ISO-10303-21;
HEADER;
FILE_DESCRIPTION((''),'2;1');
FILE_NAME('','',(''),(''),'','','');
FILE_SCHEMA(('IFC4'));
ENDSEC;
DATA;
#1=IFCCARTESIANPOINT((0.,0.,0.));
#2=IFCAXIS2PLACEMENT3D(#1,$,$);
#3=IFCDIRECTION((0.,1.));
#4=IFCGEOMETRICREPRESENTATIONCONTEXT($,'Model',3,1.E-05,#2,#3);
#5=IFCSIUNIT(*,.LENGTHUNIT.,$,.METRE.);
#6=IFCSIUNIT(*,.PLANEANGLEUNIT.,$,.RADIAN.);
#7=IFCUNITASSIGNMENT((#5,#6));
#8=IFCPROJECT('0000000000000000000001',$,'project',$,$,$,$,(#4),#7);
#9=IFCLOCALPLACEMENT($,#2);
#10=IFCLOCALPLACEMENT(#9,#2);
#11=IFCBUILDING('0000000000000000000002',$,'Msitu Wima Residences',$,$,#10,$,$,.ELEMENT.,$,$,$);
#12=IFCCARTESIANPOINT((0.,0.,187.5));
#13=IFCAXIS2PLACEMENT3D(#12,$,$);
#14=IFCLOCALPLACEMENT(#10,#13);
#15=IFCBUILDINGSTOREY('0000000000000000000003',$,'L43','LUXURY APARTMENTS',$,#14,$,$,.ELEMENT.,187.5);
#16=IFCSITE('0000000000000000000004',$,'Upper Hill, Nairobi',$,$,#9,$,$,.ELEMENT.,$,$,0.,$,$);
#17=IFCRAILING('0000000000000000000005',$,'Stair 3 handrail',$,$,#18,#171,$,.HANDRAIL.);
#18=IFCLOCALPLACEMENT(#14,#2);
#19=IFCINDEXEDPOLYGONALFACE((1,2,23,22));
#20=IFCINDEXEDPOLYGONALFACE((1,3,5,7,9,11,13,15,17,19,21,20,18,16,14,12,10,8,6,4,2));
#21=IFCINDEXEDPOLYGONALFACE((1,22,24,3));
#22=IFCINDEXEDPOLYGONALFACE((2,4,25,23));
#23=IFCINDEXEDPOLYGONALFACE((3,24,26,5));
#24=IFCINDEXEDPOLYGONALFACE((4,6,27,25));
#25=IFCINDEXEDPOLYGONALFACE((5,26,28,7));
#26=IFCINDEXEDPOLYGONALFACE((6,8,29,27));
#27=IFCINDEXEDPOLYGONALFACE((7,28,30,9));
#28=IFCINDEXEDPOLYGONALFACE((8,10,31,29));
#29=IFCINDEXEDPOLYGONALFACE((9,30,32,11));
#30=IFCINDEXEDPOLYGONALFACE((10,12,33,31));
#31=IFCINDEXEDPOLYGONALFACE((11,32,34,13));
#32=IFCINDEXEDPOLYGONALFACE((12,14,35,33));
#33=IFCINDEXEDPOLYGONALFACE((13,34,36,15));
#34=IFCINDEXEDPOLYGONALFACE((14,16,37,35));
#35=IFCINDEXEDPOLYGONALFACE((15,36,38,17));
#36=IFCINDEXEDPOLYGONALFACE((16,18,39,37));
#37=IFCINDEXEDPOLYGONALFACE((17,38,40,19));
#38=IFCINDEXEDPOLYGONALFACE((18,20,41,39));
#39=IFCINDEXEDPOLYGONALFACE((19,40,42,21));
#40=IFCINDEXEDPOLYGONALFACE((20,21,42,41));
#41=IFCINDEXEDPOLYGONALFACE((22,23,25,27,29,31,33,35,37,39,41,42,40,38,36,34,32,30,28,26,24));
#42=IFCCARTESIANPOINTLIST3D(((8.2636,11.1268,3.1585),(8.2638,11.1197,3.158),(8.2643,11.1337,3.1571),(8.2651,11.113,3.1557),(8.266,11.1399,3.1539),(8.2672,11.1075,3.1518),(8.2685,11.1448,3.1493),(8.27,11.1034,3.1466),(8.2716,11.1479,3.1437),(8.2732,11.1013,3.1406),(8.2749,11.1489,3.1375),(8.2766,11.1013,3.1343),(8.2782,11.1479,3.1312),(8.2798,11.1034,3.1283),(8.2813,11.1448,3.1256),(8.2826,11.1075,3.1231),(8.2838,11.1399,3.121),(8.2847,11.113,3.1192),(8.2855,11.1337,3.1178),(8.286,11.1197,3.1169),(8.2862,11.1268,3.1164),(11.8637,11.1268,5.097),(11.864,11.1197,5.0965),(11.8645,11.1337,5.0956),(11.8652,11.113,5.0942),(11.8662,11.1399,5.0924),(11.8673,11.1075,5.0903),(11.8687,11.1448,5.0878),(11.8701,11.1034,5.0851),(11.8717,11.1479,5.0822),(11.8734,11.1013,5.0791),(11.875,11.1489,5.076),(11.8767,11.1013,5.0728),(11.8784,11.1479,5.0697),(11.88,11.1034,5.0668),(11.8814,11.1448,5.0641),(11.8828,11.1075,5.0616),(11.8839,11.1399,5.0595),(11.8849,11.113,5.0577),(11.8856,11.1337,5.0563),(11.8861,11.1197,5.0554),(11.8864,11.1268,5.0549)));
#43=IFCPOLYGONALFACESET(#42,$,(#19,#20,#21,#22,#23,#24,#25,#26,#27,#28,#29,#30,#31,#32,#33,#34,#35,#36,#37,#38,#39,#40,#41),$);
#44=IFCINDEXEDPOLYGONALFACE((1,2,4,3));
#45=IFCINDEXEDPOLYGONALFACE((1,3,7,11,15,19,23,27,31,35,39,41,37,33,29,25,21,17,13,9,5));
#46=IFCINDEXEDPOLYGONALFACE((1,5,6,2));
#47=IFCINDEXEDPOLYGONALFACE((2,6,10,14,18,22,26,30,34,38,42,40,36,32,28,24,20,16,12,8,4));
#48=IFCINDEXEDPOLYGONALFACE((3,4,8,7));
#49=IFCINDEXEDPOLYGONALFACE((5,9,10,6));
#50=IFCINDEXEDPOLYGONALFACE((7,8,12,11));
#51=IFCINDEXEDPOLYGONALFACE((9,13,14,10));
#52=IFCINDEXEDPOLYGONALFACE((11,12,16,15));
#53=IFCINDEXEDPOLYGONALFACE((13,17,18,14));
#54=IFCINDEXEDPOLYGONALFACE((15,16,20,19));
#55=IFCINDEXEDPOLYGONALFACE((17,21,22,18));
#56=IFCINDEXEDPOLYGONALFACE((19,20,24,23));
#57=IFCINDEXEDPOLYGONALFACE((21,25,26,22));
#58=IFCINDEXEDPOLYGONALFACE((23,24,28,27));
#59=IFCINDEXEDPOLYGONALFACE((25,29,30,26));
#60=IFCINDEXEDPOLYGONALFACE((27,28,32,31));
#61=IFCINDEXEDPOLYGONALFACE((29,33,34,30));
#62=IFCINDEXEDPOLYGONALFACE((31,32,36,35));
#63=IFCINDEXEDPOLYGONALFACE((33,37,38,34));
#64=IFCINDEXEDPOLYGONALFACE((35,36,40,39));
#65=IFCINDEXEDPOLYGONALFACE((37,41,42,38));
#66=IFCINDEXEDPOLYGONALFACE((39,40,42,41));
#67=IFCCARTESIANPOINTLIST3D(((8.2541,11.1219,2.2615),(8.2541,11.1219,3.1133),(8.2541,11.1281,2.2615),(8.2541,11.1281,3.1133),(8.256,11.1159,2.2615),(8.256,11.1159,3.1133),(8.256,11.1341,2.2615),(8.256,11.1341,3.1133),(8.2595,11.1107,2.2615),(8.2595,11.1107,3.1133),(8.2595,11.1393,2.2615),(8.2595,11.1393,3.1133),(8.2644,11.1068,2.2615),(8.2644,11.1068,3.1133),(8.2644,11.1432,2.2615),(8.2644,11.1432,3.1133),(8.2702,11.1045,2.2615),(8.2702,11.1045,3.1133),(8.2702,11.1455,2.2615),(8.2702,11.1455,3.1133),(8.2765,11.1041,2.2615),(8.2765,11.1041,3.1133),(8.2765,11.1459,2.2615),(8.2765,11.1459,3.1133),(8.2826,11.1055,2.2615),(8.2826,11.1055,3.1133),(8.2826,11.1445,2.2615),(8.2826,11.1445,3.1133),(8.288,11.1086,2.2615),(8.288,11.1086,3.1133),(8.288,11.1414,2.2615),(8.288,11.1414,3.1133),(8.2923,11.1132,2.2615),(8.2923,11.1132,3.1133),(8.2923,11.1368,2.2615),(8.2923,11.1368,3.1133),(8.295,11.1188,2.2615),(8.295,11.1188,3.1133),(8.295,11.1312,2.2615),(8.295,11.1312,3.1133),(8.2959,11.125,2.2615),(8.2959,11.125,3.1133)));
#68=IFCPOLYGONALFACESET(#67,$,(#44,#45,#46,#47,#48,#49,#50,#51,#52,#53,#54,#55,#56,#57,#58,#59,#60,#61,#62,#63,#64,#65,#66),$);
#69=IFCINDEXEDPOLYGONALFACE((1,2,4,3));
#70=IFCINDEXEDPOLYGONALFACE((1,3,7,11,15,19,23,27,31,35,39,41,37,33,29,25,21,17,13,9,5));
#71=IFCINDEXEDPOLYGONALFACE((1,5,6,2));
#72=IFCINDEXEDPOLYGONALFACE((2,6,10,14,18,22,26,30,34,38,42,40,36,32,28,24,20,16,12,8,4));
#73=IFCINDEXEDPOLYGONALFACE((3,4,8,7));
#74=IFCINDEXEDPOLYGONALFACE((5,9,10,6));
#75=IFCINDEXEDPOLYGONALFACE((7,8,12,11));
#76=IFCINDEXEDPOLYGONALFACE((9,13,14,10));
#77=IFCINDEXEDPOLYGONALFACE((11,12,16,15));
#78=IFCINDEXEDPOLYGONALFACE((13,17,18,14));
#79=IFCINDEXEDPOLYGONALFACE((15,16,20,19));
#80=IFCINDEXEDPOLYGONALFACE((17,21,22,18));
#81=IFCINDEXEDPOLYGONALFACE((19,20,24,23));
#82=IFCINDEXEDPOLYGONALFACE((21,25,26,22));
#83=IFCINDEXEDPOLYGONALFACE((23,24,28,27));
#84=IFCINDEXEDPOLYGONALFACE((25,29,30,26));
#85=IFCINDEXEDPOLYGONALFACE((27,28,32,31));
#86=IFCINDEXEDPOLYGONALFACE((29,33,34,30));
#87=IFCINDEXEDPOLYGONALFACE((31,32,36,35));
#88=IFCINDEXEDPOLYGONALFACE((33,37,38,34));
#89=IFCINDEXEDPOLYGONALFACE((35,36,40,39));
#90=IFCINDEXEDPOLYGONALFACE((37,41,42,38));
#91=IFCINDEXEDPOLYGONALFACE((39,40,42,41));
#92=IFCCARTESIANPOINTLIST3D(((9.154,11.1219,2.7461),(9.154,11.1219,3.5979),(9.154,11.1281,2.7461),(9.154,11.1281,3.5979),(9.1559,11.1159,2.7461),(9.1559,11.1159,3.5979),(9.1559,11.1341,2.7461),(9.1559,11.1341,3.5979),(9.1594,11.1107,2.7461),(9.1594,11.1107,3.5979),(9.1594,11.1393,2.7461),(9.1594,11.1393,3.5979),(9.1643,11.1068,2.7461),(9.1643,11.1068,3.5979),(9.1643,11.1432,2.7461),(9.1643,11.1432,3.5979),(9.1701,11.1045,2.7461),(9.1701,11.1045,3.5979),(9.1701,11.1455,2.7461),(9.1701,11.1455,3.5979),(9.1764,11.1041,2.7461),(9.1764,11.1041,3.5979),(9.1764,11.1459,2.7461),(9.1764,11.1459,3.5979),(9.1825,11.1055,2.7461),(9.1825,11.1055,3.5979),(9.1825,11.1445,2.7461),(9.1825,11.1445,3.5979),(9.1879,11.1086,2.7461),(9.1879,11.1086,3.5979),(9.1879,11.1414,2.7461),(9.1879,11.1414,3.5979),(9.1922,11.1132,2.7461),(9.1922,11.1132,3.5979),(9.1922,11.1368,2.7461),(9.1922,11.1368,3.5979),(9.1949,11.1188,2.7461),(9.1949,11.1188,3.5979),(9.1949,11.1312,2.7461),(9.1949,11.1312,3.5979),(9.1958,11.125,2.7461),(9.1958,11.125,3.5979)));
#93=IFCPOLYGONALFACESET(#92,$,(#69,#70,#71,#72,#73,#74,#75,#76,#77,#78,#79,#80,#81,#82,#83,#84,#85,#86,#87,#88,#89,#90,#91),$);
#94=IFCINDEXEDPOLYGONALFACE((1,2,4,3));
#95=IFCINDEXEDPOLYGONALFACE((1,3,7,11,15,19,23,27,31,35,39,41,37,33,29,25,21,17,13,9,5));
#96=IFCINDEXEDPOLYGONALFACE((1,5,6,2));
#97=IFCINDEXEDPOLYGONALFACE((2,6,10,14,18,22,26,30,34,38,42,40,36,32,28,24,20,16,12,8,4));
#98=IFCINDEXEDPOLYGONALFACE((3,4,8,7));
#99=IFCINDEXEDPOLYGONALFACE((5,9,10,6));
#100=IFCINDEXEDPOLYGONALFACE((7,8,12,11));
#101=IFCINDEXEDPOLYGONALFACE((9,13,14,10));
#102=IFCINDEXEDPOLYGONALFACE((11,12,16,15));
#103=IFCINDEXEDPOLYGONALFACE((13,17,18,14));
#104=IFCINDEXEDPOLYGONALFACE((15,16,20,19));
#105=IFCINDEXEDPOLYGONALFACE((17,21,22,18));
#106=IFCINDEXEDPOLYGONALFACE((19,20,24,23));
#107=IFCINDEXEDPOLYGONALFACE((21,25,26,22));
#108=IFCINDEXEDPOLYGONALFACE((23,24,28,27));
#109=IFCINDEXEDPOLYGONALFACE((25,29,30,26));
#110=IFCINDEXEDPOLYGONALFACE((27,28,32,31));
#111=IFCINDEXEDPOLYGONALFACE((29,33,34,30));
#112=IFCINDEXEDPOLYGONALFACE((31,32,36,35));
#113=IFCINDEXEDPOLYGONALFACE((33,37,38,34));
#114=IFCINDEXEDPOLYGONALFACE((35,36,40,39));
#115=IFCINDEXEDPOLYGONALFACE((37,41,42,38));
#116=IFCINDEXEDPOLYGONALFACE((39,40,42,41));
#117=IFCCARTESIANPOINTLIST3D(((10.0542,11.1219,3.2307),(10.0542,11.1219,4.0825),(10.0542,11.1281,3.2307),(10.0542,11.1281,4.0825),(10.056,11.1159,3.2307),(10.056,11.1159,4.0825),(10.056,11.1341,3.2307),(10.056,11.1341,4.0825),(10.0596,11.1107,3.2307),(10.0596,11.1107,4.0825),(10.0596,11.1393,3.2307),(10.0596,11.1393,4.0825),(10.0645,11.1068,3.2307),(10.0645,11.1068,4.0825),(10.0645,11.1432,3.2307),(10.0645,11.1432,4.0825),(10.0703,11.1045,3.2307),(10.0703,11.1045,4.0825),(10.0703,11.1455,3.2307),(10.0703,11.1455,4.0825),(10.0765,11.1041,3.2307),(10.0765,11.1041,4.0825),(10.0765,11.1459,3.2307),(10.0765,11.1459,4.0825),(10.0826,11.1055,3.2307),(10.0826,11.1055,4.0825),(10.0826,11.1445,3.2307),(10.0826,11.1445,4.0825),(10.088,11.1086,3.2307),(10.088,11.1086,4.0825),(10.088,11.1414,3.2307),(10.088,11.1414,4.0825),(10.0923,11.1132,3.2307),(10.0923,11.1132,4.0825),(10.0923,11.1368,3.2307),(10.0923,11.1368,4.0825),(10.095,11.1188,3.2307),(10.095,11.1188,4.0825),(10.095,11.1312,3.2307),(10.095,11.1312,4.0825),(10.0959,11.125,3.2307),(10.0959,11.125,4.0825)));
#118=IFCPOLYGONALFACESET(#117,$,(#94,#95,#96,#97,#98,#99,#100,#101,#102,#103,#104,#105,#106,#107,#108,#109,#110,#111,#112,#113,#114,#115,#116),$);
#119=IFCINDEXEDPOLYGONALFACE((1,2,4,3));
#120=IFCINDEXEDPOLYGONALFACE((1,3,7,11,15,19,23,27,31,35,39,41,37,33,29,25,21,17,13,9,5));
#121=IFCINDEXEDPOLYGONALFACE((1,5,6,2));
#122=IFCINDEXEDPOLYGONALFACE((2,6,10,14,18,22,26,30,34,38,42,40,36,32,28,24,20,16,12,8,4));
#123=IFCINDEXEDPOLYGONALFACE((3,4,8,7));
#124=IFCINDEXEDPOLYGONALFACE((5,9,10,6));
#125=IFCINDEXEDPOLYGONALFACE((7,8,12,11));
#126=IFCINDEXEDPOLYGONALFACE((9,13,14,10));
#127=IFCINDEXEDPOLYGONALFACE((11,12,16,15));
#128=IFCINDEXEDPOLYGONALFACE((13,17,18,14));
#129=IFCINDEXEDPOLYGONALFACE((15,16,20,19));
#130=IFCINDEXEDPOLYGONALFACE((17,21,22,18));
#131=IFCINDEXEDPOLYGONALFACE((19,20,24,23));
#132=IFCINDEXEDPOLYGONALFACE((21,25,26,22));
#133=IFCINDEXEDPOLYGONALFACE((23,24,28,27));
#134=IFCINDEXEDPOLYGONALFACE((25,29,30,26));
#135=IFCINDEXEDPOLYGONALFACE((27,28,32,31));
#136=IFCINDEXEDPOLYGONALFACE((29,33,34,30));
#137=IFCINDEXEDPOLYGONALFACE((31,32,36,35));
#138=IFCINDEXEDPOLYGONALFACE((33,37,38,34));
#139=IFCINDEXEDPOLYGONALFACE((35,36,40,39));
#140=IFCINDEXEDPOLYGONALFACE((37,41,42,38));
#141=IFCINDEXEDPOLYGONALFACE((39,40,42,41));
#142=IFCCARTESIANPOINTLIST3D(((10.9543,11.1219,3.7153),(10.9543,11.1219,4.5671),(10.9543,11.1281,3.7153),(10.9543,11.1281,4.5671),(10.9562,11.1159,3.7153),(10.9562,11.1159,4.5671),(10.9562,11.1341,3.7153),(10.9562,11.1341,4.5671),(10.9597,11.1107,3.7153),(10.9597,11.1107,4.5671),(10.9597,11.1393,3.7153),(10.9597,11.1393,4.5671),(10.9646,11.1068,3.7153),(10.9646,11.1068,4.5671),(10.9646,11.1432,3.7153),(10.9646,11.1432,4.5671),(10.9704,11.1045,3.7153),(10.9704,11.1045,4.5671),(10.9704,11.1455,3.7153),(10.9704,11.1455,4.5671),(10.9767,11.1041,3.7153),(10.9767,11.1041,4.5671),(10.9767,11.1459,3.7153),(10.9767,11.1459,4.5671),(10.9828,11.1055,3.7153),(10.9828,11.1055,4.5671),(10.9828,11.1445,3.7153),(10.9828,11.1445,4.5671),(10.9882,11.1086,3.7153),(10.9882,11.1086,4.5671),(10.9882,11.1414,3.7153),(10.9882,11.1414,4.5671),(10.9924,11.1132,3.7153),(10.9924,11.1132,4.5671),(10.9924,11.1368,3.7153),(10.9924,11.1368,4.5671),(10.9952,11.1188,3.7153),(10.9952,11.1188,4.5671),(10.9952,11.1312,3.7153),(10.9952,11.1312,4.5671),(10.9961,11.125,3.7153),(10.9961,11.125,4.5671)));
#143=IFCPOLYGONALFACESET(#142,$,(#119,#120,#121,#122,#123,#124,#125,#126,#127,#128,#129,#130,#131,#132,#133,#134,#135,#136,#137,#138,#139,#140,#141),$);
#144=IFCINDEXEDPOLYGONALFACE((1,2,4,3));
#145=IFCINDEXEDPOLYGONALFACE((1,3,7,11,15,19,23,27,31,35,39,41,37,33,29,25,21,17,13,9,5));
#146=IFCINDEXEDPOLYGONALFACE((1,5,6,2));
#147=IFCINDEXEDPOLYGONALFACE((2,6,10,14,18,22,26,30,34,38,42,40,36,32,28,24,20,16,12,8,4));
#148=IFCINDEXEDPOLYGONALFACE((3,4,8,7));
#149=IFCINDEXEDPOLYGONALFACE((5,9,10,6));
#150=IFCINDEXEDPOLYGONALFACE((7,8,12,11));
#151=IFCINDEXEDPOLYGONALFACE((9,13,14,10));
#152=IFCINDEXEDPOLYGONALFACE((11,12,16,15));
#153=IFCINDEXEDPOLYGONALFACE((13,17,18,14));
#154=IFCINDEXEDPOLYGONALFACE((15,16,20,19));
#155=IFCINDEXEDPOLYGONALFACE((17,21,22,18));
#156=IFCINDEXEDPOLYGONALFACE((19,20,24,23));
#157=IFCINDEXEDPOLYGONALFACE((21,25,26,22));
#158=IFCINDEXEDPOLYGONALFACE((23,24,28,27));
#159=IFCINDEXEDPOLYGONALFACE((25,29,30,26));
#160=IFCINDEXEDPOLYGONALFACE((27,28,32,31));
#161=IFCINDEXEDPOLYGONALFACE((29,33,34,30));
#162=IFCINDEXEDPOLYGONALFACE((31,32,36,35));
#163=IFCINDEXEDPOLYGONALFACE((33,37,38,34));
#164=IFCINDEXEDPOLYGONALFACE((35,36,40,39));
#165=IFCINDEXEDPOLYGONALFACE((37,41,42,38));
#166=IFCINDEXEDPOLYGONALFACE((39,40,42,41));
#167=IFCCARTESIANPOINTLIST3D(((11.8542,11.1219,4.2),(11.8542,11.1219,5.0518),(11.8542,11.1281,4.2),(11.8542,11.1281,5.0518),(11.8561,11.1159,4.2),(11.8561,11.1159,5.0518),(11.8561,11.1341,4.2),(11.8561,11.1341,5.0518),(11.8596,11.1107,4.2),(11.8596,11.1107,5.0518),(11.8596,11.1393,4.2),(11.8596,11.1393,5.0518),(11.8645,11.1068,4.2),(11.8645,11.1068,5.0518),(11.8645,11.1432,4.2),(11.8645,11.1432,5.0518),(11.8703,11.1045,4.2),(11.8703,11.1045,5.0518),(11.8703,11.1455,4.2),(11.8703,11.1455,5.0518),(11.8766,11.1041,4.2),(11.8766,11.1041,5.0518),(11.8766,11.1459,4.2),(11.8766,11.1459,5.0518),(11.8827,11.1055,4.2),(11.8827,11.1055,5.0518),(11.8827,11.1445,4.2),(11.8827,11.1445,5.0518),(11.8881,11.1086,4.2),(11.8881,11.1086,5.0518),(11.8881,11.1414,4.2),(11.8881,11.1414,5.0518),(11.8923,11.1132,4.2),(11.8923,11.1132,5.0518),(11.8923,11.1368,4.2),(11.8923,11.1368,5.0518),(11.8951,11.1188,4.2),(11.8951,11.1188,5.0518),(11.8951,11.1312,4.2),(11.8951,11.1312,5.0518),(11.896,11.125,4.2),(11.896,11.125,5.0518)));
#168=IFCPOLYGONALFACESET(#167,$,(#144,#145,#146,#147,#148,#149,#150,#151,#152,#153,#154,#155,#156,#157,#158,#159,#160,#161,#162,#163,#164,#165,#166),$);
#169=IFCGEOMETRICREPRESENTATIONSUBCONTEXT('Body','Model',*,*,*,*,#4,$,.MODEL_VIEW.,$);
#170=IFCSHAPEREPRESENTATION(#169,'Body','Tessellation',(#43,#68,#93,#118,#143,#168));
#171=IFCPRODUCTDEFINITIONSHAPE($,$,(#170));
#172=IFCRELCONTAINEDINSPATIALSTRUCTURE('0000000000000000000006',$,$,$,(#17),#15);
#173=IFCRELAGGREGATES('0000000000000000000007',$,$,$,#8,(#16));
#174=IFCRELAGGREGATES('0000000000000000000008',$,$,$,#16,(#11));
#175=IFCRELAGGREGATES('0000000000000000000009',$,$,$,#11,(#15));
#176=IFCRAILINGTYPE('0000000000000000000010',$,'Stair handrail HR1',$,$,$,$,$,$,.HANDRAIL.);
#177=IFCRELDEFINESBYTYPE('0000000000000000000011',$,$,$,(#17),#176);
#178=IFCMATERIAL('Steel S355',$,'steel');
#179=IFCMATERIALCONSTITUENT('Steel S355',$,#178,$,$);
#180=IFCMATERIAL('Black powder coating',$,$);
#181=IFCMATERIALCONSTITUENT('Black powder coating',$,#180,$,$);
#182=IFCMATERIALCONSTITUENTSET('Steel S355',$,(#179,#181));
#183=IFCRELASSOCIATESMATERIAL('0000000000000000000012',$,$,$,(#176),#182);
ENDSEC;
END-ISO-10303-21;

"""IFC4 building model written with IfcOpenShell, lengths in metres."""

from ifc_helpers import new_model, si_unit, direction, frame, origin, origin_2d, place, context, subcontext, project, spatial, circle, extrude, material, constituent, constituent_set, type_object, element, save


model = new_model("IFC4")

# Units and contexts
model_context = context("Model", 3, precision=1e-05, world=origin(), true_north=direction((0.0, 1.0)))
body_context = subcontext(model_context, "Body", "Model", "MODEL_VIEW")
ifc_project = project(units=[si_unit("LENGTHUNIT", "METRE"), si_unit("PLANEANGLEUNIT", "RADIAN")], contexts=[model_context])

# Site, building, storey
site_placement = place(None, origin())
site = spatial("IfcSite", under=ifc_project, at=site_placement, Name="Upper Hill, Nairobi", CompositionType="ELEMENT", RefElevation=0.0)
building_placement = place(site_placement, origin())
building = spatial("IfcBuilding", under=site, at=building_placement, Name="Msitu Wima Residences", CompositionType="ELEMENT")
storey_placement = place(building_placement, frame((0.0, 0.0, 187.5)))
storey = spatial("IfcBuildingStorey", under=building, at=storey_placement, Name="L43", Description="LUXURY APARTMENTS", CompositionType="ELEMENT", Elevation=187.5)

# Railing
ifc_material_1 = material(Name="Steel S355", Category="steel")
ifc_constituent_1 = constituent(ifc_material_1, Name="Steel S355")
ifc_material_2 = material(Name="Black powder coating")
ifc_constituent_2 = constituent(ifc_material_2, Name="Black powder coating")
ifc_constituent_set = constituent_set(constituents=[ifc_constituent_1, ifc_constituent_2], Name="Steel S355")
railing_type = type_object("IfcRailingType", Name="Stair handrail HR1", PredefinedType="HANDRAIL", material=ifc_constituent_set)
for number, where, name in (
    (1, (8.2749, 11.125, 2.2615), "Stair 3 handrail"),
):
    element("IfcRailing", number, at=place(storey_placement, frame(where)), inside=storey, type_object=railing_type, Name=name, PredefinedType="HANDRAIL", context=body_context, shape_type="SweptSolid", body=[
        extrude(circle(Radius=0.0239, at=origin_2d()), frame((0.0, 0.0, 0.876), z_axis=(0.880475, 0.0, 0.474093), x_axis=(0.0, 1.0, 0.0)), (0.0, 0.0, 1.0), 4.0889),
        extrude(circle(Radius=0.021, at=origin_2d()), origin(), (0.0, 0.0, 1.0), 0.8518),
        extrude(circle(Radius=0.021, at=origin_2d()), frame((0.8999, 0.0, 0.4846)), (0.0, 0.0, 1.0), 0.8518),
        extrude(circle(Radius=0.021, at=origin_2d()), frame((1.8, 0.0, 0.9692)), (0.0, 0.0, 1.0), 0.8518),
        extrude(circle(Radius=0.021, at=origin_2d()), frame((2.7002, 0.0, 1.4539)), (0.0, 0.0, 1.0), 0.8518),
        extrude(circle(Radius=0.021, at=origin_2d()), frame((3.6001, 0.0, 1.9385)), (0.0, 0.0, 1.0), 0.8518),
    ])

save(model, "model.ifc")
